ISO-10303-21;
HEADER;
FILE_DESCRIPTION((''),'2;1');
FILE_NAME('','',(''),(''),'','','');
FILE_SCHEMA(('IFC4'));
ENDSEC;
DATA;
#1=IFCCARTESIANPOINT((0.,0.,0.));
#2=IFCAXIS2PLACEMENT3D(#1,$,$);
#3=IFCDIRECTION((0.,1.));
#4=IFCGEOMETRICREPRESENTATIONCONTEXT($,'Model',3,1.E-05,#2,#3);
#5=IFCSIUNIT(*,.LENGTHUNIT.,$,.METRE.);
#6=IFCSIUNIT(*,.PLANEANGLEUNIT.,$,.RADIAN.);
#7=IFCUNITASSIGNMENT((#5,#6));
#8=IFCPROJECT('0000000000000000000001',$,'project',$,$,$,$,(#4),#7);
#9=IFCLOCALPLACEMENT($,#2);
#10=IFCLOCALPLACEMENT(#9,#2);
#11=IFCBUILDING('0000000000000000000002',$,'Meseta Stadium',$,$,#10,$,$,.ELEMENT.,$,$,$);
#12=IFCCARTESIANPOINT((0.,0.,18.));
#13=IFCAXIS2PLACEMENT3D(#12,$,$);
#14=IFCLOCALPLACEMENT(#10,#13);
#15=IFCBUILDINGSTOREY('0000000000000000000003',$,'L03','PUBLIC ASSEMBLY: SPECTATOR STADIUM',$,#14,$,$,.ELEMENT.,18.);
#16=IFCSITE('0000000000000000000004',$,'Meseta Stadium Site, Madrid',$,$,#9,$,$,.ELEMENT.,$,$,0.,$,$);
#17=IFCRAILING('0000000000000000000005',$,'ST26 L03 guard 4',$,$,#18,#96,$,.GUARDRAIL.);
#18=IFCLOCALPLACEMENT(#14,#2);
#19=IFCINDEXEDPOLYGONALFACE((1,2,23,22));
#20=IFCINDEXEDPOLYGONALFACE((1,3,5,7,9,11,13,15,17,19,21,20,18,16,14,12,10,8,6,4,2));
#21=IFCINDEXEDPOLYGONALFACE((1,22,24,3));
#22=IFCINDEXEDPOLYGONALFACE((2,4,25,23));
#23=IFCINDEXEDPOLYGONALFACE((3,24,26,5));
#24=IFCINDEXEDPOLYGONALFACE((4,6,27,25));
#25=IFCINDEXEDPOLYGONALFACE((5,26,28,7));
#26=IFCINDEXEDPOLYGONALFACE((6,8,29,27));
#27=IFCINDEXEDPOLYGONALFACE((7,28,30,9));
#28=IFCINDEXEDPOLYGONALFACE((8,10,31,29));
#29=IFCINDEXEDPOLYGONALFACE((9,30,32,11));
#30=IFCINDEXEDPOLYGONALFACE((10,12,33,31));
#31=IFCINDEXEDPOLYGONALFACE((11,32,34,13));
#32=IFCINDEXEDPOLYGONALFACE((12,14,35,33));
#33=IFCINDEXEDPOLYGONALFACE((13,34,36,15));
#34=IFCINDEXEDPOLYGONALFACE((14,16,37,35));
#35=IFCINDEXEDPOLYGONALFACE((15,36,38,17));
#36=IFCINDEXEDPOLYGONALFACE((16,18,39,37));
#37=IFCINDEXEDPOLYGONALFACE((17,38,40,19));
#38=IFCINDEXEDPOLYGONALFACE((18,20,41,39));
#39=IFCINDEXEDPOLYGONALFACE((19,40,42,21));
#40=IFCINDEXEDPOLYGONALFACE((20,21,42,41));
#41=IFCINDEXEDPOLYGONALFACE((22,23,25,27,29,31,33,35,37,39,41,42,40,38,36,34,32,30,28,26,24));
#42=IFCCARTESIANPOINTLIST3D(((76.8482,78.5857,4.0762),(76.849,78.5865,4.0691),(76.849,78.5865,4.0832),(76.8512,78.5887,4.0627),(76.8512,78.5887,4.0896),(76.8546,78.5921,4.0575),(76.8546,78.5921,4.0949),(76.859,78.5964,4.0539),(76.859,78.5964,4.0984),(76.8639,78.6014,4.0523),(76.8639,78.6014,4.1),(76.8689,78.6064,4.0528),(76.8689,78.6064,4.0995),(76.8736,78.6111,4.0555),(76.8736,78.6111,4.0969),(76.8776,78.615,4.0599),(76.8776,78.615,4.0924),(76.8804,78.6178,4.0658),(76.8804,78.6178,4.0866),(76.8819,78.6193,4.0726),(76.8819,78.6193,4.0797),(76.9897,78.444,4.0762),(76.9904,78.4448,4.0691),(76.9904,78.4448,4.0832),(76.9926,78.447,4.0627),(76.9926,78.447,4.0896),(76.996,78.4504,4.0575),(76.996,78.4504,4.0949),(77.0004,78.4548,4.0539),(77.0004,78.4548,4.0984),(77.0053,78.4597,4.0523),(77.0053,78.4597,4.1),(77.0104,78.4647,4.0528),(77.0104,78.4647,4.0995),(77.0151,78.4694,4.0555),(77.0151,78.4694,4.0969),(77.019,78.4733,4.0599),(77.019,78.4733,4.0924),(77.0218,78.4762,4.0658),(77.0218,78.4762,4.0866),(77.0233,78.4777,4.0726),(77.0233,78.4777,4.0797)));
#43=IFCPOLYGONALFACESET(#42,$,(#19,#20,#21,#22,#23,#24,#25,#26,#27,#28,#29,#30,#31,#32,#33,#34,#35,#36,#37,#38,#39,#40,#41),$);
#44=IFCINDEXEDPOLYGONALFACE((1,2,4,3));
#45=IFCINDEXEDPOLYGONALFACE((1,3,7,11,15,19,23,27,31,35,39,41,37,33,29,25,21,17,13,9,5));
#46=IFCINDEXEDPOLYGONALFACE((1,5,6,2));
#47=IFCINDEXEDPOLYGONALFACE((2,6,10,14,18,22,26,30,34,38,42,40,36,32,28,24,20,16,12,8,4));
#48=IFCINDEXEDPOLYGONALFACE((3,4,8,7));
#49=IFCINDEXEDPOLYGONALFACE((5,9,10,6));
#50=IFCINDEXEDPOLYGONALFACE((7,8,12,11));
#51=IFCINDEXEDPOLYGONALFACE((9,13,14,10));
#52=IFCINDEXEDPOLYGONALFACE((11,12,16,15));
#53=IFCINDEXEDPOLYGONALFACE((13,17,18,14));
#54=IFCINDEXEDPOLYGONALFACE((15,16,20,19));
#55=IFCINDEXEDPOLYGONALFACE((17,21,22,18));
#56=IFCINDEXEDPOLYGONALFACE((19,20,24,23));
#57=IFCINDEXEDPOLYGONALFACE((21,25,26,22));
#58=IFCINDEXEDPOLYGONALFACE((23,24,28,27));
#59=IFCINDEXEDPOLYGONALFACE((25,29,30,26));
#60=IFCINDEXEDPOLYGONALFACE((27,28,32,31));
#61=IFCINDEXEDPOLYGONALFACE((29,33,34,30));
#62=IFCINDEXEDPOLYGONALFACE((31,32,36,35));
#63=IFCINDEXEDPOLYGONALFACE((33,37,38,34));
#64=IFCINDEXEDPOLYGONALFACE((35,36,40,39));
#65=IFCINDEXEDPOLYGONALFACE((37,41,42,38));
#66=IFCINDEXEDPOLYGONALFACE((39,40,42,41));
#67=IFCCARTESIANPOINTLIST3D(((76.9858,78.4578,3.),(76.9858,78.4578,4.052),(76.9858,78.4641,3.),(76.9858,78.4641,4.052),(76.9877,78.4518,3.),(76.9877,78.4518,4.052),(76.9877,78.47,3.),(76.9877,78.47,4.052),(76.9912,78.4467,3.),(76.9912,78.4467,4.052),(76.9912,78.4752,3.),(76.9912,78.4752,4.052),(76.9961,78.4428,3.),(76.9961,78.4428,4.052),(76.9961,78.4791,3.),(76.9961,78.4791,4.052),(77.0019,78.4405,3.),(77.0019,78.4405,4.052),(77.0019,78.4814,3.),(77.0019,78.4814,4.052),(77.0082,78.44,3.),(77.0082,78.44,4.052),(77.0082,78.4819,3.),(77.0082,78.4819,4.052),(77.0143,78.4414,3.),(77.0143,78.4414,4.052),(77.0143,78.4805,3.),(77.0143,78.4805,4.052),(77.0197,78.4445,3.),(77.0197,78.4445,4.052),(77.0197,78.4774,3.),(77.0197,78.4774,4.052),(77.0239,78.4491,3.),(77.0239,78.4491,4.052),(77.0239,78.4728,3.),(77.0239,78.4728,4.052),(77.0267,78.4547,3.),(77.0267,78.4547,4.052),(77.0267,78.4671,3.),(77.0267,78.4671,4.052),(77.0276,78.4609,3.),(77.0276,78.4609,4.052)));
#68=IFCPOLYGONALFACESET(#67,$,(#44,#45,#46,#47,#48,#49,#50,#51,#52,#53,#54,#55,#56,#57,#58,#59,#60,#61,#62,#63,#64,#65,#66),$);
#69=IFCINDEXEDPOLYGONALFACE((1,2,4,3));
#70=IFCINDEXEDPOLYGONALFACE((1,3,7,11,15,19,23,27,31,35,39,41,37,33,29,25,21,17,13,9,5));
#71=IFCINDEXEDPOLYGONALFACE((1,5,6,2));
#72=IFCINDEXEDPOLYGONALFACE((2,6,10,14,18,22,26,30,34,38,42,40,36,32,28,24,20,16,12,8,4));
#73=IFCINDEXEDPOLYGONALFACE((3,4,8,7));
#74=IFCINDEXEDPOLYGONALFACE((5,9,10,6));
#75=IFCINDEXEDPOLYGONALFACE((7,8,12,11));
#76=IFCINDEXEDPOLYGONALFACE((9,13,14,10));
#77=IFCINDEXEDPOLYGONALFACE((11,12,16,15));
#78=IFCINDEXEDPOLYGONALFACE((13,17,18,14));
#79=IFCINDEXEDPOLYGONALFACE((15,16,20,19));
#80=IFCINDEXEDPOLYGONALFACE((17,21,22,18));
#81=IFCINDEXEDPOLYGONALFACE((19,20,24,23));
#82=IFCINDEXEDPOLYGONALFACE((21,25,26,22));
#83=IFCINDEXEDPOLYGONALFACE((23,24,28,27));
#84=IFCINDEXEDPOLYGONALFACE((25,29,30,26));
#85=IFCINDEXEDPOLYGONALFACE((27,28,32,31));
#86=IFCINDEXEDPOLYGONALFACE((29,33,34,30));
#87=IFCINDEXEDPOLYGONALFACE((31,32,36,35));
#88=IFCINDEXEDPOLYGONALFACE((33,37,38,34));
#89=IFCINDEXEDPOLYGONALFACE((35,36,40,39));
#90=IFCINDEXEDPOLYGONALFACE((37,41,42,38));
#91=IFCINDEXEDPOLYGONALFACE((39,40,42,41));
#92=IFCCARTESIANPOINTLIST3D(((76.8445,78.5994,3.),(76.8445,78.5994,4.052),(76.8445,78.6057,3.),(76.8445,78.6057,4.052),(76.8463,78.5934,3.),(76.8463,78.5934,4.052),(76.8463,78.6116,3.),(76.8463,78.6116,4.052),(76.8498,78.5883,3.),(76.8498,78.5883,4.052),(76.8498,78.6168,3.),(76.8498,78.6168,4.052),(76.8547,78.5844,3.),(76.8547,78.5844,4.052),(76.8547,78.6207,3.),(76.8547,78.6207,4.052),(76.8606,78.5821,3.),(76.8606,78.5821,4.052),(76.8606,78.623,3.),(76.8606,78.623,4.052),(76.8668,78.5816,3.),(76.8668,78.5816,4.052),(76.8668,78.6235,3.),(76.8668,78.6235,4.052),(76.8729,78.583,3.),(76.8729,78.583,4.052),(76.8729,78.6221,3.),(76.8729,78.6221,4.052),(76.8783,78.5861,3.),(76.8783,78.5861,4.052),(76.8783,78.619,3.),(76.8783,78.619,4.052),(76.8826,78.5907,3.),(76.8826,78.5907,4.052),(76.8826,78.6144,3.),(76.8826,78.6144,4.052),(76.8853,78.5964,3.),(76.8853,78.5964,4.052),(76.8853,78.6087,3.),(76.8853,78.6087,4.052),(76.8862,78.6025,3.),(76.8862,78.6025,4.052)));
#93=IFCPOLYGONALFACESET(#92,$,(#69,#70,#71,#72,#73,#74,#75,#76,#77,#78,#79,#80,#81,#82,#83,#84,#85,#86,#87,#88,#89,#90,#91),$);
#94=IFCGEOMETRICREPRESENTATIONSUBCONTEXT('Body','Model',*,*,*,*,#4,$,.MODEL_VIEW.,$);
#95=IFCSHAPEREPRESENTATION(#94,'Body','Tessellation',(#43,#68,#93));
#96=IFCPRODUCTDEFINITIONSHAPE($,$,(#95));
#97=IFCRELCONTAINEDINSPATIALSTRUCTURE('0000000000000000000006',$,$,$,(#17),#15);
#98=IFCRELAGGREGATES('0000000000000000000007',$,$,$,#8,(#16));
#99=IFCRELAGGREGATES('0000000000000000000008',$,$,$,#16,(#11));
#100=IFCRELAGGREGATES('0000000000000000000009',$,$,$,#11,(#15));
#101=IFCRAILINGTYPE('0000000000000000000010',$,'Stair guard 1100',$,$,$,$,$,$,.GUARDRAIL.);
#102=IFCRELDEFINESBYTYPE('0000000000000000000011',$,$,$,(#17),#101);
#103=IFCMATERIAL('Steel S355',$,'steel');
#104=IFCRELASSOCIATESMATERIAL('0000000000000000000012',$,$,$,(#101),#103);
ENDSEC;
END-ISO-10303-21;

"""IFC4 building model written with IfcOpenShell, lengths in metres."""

from ifc_helpers import new_model, si_unit, direction, frame, origin, origin_2d, place, context, subcontext, project, spatial, circle, extrude, material, type_object, element, save


model = new_model("IFC4")

# Units and contexts
model_context = context("Model", 3, precision=1e-05, world=origin(), true_north=direction((0.0, 1.0)))
body_context = subcontext(model_context, "Body", "Model", "MODEL_VIEW")
ifc_project = project(units=[si_unit("LENGTHUNIT", "METRE"), si_unit("PLANEANGLEUNIT", "RADIAN")], contexts=[model_context])

# Site, building, storey
site_placement = place(None, origin())
site = spatial("IfcSite", under=ifc_project, at=site_placement, Name="Meseta Stadium Site, Madrid", CompositionType="ELEMENT", RefElevation=0.0)
building_placement = place(site_placement, origin())
building = spatial("IfcBuilding", under=site, at=building_placement, Name="Meseta Stadium", CompositionType="ELEMENT")
storey_placement = place(building_placement, frame((0.0, 0.0, 18.0)))
storey = spatial("IfcBuildingStorey", under=building, at=storey_placement, Name="L03", Description="PUBLIC ASSEMBLY: SPECTATOR STADIUM", CompositionType="ELEMENT", Elevation=18.0)

# Railing
ifc_material_1 = material(Name="Steel S355", Category="steel")
railing_type_1 = type_object("IfcRailingType", Name="Stair guard 1100", PredefinedType="GUARDRAIL", material=ifc_material_1)
railing_1_placement = place(storey_placement, frame((77.0066, 78.4609, 3.0)))
element("IfcRailing", 1, at=railing_1_placement, inside=storey, type_object=railing_type_1, Name="ST26 L03 guard 4", PredefinedType="GUARDRAIL", context=body_context, shape_type="SweptSolid", body=[
    extrude(circle(Radius=0.0239, at=origin_2d()), frame((0.0, 0.0, 1.0762), z_axis=(-0.706496, 0.707717, 0.0), x_axis=(-0.707717, -0.706496, 0.0)), (0.0, 0.0, 1.0), 0.2002),
    extrude(circle(Radius=0.021, at=origin_2d()), origin(), (0.0, 0.0, 1.0), 1.052),
    extrude(circle(Radius=0.021, at=origin_2d()), frame((-0.1414, 0.1416, 0.0)), (0.0, 0.0, 1.0), 1.052),
])

save(model, "model.ifc")
